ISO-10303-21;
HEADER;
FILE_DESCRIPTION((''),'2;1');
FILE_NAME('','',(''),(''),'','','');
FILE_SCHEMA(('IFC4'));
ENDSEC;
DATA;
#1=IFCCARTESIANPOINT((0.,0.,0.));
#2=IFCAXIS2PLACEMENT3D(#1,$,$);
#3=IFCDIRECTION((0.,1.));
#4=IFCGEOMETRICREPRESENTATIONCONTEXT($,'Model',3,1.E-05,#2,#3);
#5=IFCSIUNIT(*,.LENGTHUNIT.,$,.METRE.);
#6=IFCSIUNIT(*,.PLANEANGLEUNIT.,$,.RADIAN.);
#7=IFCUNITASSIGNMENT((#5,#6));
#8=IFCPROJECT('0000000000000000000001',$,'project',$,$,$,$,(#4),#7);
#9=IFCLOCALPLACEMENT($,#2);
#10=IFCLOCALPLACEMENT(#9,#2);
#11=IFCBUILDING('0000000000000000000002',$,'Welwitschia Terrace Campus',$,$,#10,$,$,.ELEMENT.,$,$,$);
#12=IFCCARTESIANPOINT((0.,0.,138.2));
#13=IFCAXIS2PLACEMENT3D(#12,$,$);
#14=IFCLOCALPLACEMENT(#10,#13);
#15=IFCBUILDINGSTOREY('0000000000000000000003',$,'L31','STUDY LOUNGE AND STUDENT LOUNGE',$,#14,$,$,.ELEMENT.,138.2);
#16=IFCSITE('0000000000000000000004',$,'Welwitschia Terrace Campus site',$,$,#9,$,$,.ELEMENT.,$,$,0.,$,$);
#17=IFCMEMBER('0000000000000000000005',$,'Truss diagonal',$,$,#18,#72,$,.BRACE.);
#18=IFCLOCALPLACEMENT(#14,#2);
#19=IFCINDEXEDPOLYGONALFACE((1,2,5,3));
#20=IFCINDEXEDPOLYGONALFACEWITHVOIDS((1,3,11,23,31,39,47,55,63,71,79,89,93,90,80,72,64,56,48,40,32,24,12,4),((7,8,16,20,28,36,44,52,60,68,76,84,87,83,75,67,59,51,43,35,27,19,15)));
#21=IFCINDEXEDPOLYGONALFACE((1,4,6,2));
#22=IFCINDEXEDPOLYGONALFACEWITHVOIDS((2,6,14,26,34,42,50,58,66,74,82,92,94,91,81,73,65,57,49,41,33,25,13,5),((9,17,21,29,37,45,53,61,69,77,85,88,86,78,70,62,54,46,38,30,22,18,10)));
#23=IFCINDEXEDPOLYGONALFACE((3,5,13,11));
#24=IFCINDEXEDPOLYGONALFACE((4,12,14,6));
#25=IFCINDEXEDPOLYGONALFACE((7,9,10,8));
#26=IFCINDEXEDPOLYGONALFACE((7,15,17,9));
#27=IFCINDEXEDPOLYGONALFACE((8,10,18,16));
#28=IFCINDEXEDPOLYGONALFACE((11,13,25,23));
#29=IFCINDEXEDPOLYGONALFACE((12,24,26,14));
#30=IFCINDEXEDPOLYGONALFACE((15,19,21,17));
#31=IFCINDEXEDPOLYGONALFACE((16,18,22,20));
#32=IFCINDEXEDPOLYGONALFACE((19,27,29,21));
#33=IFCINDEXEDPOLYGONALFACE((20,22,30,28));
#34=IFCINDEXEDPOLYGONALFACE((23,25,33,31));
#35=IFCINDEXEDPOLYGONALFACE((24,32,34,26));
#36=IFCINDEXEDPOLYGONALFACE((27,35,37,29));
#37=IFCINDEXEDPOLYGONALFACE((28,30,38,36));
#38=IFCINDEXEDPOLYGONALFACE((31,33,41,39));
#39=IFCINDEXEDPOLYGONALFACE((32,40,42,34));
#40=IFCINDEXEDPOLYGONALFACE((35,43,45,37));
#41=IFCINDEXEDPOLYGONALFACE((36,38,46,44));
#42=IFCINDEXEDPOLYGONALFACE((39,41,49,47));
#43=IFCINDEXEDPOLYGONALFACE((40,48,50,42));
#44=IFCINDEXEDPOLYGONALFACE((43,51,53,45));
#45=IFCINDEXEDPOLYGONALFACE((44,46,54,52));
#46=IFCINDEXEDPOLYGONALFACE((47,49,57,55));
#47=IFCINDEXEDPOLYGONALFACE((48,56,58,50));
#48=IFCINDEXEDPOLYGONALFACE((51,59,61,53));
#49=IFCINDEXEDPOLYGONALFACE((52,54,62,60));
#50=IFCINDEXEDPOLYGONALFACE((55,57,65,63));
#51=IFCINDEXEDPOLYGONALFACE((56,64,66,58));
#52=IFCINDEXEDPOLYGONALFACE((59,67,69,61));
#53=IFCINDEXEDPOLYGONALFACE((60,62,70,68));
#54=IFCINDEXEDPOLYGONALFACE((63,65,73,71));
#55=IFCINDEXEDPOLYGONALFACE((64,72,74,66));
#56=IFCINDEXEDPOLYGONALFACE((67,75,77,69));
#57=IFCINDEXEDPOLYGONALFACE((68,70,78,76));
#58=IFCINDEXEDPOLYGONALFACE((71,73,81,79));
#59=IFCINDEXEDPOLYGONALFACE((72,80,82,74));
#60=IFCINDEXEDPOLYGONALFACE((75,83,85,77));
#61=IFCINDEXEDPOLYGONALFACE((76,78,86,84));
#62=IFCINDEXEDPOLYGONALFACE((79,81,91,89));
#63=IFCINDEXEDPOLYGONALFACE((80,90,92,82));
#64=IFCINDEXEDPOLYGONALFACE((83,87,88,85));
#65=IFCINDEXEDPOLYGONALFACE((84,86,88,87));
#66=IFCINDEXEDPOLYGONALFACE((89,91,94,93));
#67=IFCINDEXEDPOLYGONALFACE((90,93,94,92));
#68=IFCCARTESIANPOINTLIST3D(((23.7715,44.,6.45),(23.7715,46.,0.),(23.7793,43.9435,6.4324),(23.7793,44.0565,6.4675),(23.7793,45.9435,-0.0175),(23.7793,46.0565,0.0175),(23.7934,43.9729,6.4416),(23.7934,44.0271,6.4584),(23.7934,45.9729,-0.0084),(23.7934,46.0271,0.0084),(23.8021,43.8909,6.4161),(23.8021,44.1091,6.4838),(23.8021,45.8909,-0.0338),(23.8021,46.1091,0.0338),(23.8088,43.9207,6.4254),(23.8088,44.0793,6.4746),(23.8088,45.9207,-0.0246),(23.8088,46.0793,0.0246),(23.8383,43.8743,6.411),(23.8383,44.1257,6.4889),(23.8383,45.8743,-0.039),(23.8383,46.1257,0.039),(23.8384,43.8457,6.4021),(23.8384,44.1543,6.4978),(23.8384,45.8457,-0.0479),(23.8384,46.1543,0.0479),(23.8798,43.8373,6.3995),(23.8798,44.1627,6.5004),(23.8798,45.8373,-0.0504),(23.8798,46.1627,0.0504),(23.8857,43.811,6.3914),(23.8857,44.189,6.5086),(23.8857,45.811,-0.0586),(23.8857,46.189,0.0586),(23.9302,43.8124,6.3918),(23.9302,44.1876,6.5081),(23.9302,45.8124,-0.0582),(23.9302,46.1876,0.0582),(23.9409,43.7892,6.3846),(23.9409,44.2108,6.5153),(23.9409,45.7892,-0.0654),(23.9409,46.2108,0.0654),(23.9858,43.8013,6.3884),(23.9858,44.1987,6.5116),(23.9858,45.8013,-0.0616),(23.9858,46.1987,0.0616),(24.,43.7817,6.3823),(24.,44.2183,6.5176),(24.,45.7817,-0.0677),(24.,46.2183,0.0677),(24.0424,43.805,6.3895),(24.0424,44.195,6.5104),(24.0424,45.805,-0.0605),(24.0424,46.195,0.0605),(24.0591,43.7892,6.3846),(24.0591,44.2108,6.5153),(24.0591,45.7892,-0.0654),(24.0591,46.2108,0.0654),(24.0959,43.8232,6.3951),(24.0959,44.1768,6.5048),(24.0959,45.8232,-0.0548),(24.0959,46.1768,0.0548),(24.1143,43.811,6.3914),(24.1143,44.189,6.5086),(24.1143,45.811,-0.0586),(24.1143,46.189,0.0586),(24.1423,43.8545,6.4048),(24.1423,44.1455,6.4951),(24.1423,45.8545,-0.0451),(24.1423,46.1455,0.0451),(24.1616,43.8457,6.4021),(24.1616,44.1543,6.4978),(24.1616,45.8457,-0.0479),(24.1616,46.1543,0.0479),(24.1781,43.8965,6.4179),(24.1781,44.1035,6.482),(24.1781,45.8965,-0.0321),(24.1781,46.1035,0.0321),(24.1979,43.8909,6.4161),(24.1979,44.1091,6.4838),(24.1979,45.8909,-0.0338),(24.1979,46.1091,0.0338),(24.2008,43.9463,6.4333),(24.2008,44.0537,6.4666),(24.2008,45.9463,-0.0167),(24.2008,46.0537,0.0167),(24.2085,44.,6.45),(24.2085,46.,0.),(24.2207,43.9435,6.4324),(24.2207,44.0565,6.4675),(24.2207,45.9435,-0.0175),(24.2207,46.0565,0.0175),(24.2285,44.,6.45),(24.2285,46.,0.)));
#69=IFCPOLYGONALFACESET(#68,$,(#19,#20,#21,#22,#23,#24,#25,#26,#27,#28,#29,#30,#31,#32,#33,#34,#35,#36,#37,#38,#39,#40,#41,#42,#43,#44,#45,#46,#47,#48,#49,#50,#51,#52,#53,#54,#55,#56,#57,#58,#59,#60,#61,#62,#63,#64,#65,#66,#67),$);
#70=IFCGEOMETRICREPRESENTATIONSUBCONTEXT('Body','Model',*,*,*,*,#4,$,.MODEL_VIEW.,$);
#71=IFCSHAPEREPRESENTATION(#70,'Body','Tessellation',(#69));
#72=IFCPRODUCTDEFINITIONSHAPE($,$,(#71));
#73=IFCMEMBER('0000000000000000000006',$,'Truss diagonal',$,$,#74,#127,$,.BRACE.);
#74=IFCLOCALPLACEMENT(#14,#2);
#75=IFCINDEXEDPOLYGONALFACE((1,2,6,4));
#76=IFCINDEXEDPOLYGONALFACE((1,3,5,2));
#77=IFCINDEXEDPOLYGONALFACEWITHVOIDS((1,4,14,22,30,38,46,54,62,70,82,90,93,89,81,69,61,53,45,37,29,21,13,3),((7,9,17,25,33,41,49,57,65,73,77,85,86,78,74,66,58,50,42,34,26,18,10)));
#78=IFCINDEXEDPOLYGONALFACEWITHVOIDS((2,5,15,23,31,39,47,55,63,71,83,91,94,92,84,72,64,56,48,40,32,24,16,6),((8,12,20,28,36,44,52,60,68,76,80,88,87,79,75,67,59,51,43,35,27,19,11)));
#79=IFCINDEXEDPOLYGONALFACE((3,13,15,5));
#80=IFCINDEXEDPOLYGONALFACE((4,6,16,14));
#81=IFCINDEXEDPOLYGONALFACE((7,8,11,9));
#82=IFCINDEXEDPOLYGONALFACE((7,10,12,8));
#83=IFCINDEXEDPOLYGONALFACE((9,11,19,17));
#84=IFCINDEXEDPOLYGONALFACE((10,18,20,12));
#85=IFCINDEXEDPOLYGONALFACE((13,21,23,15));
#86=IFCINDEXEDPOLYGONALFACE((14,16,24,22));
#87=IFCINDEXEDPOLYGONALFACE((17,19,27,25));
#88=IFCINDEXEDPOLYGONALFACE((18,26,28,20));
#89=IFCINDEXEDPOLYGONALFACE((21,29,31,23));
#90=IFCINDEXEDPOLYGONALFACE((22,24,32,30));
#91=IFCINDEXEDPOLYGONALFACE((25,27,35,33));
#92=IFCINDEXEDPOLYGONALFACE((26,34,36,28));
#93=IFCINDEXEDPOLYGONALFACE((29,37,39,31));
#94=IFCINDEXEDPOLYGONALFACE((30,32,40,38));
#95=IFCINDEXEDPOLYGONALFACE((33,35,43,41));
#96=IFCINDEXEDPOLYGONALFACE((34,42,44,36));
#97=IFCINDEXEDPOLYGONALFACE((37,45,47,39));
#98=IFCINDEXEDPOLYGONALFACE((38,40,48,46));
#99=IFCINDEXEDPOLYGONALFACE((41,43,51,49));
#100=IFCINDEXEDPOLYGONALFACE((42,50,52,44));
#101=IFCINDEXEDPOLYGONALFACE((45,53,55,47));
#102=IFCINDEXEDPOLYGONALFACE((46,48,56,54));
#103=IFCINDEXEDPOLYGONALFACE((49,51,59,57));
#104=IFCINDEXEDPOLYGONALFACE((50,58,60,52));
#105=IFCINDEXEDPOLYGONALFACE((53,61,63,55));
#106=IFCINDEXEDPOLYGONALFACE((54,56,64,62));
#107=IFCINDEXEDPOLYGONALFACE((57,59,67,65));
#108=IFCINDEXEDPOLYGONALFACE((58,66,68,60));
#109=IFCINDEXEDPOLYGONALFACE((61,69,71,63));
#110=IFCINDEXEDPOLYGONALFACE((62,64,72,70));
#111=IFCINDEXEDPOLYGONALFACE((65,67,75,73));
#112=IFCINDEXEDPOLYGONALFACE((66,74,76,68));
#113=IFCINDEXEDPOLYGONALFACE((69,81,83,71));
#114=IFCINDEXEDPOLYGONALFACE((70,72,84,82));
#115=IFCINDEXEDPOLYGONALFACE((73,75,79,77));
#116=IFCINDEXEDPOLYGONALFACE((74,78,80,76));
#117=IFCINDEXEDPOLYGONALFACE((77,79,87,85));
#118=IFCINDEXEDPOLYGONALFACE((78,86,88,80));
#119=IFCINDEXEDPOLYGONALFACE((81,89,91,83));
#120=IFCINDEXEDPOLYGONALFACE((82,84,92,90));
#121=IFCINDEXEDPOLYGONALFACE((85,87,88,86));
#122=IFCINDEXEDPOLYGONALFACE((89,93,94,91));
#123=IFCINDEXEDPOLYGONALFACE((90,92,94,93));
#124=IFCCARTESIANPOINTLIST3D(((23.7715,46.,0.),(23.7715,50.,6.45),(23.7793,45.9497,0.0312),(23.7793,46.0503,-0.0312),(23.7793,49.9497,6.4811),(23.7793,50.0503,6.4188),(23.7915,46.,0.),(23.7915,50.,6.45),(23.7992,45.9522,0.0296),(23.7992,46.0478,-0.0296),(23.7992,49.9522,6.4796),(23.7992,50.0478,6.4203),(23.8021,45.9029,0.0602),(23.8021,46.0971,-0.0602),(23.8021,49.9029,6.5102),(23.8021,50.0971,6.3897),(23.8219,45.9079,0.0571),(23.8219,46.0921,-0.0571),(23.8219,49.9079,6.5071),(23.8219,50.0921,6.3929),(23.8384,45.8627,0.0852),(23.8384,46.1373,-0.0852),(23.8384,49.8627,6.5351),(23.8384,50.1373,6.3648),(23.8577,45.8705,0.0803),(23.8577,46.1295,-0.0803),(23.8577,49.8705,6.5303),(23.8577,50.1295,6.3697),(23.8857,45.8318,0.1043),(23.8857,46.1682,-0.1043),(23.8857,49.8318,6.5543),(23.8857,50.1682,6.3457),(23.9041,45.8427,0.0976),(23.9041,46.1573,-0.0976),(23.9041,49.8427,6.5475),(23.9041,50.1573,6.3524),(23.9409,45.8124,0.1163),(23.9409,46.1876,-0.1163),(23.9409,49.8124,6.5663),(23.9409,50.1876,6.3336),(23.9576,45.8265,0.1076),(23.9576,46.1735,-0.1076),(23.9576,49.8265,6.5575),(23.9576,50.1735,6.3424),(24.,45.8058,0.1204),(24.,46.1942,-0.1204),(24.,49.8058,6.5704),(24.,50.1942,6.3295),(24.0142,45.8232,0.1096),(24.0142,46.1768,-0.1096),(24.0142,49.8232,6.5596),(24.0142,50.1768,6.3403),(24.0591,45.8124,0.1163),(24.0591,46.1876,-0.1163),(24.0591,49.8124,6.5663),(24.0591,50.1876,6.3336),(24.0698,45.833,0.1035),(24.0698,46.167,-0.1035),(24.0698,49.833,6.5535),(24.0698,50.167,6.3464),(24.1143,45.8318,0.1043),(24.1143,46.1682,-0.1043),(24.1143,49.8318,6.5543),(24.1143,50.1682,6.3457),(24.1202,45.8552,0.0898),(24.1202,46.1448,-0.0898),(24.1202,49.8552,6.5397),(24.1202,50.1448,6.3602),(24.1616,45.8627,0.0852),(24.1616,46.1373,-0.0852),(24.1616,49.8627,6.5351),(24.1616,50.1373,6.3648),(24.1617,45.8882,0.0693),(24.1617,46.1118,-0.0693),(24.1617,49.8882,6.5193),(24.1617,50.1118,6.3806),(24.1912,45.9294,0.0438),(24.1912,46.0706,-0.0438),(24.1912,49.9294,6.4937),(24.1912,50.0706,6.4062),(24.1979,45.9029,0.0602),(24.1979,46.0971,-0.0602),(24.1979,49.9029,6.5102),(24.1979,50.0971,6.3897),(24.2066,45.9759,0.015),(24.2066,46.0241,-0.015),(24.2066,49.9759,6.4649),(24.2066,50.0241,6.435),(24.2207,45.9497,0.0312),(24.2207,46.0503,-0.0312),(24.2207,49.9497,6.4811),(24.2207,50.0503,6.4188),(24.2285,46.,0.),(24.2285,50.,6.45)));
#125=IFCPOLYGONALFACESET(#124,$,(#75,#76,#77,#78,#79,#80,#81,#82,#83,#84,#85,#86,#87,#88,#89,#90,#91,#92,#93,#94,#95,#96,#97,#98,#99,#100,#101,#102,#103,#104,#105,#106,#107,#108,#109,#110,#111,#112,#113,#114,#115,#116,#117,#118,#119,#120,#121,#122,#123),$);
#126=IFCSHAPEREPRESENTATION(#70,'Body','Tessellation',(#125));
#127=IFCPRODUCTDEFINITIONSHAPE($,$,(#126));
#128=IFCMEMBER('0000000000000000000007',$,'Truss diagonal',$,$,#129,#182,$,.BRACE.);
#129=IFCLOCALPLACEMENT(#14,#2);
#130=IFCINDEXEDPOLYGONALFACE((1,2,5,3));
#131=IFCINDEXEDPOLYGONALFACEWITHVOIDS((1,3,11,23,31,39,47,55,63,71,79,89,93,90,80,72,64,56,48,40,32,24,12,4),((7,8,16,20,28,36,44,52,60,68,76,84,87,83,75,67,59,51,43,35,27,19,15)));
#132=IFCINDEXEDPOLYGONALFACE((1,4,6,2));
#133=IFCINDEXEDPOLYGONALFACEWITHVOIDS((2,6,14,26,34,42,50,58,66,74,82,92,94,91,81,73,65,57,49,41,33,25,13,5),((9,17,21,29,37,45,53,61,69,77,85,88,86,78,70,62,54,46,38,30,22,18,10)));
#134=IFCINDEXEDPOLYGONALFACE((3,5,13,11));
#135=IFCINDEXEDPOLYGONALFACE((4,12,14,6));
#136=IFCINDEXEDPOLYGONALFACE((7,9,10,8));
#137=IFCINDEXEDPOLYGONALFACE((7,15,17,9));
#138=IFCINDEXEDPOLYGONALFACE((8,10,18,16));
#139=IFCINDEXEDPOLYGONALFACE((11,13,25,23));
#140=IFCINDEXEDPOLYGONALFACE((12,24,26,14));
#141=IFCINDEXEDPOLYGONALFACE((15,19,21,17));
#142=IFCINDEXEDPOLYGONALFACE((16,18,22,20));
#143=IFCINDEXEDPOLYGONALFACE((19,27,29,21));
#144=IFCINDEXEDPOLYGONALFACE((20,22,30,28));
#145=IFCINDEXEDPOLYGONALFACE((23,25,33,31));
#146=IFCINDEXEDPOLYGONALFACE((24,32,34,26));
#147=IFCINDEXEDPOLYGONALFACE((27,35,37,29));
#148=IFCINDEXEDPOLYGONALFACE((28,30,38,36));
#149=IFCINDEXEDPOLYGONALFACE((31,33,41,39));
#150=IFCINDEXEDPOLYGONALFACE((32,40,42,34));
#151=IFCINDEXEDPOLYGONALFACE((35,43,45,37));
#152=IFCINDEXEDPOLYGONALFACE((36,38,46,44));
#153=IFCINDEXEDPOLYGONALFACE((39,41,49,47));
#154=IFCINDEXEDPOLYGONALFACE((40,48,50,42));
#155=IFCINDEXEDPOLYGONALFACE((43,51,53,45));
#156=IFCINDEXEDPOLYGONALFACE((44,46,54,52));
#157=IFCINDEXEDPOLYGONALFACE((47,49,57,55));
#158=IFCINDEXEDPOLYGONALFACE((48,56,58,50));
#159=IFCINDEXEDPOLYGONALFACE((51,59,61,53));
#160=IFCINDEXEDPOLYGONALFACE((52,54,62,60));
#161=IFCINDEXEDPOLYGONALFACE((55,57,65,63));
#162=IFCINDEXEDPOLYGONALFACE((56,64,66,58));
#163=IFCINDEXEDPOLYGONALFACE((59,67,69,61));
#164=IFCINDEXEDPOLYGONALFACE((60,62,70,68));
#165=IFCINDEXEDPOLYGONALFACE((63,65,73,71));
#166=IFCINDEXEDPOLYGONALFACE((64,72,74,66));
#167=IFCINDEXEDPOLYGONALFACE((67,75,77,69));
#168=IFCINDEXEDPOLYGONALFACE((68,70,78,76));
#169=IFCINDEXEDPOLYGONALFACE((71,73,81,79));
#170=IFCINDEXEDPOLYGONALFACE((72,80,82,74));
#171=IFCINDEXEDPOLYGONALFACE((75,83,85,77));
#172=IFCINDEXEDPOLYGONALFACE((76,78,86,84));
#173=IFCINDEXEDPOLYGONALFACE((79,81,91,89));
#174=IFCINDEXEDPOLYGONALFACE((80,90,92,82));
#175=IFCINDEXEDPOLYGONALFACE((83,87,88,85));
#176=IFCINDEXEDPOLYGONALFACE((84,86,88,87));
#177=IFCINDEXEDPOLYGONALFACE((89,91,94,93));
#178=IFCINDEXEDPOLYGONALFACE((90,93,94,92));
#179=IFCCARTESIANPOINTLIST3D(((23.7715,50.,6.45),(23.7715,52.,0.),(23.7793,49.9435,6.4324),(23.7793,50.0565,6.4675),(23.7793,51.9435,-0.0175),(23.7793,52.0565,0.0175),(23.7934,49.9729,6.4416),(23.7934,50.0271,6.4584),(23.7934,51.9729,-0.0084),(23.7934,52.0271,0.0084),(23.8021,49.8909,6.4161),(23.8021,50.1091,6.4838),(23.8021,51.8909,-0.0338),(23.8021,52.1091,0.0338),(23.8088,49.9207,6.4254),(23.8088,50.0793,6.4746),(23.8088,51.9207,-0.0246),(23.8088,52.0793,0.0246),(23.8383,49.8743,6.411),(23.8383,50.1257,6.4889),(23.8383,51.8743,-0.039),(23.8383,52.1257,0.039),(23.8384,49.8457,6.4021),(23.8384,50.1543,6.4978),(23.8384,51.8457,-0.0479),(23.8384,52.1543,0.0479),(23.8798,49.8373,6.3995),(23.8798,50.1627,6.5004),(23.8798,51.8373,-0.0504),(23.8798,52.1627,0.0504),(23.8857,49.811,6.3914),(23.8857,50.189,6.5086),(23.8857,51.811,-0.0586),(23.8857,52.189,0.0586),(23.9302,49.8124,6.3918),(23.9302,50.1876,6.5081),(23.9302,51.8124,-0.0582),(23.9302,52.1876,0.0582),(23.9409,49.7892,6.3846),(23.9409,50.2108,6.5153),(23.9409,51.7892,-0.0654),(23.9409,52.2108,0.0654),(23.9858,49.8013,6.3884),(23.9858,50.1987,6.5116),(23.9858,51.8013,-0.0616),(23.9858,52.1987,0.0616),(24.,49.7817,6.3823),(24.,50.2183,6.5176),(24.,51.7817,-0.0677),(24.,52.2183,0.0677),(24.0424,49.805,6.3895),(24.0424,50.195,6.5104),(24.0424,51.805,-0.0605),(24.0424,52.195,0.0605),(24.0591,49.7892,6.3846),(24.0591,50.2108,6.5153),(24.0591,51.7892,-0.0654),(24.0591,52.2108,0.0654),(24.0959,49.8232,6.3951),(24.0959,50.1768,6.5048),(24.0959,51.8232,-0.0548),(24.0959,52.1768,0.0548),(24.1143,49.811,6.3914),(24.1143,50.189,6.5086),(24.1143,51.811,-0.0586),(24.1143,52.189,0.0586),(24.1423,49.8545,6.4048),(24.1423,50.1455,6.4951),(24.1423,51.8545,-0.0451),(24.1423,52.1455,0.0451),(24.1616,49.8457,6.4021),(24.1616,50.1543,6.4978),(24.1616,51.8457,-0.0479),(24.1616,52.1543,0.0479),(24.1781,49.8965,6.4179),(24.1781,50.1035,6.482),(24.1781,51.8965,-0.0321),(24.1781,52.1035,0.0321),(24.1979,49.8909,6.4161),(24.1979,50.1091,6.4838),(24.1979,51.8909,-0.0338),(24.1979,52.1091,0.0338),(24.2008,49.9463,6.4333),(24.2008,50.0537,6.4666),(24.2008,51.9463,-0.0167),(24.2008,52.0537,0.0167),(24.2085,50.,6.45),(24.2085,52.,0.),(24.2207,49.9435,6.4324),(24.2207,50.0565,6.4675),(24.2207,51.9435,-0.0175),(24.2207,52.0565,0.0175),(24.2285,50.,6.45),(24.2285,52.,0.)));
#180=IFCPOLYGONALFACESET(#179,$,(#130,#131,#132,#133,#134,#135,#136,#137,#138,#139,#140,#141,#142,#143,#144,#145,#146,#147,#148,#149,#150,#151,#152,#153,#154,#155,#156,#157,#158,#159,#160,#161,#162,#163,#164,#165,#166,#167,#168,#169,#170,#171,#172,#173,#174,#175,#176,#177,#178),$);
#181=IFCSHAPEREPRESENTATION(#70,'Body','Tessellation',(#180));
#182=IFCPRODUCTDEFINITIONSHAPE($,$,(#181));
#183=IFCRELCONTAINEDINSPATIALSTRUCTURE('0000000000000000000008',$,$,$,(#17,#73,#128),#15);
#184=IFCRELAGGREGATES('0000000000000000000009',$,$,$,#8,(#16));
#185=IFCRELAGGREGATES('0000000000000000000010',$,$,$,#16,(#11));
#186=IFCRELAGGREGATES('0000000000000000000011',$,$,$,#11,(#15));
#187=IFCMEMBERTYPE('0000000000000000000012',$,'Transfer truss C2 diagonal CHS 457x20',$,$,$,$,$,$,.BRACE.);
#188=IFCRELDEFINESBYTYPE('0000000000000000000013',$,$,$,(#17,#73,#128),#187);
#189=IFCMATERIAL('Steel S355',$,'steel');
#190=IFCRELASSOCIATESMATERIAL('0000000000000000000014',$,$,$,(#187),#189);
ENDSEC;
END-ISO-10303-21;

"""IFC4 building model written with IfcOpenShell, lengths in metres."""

from ifc_helpers import new_model, si_unit, direction, frame, origin, origin_2d, place, context, subcontext, project, spatial, hollow_circle, extrude, material, material_profile, profile_set, type_object, element, save


model = new_model("IFC4")

# Units and contexts
model_context = context("Model", 3, precision=1e-05, world=origin(), true_north=direction((0.0, 1.0)))
body_context = subcontext(model_context, "Body", "Model", "MODEL_VIEW")
ifc_project = project(units=[si_unit("LENGTHUNIT", "METRE"), si_unit("PLANEANGLEUNIT", "RADIAN")], contexts=[model_context])

# Site, building, storey
site_placement = place(None, origin())
site = spatial("IfcSite", under=ifc_project, at=site_placement, Name="Welwitschia Terrace Campus site", CompositionType="ELEMENT", RefElevation=0.0)
building_placement = place(site_placement, origin())
building = spatial("IfcBuilding", under=site, at=building_placement, Name="Welwitschia Terrace Campus", CompositionType="ELEMENT")
storey_placement = place(building_placement, frame((0.0, 0.0, 138.2)))
storey = spatial("IfcBuildingStorey", under=building, at=storey_placement, Name="L31", Description="STUDY LOUNGE AND STUDENT LOUNGE", CompositionType="ELEMENT", Elevation=138.2)

# Members
ifc_material_1 = material(Name="Steel S355", Category="steel")
ifc_material_profile_1 = material_profile(ifc_material_1, hollow_circle(Radius=0.2285, WallThickness=0.02, at=origin_2d()))
ifc_profile_set_1 = profile_set([ifc_material_profile_1], Name="Steel S355")
member_type_1 = type_object("IfcMemberType", Name="Transfer truss C2 diagonal CHS 457x20", PredefinedType="BRACE", material=ifc_profile_set_1)
member_1_placement = place(storey_placement, frame((24.0, 46.0, 0.0), z_axis=(0.0, -0.296168, 0.955136), x_axis=(1.0, 0.0, 0.0)))
element("IfcMember", 1, at=member_1_placement, inside=storey, type_object=member_type_1, Name="Truss diagonal", PredefinedType="BRACE", context=body_context, shape_type="SweptSolid", body=[
    extrude(hollow_circle(Radius=0.2285, WallThickness=0.02, at=origin_2d()), origin(), (0.0, 0.0, 1.0), 6.7529),
])
member_2_placement = place(storey_placement, frame((24.0, 46.0, 0.0), z_axis=(0.0, 0.527038, 0.849842), x_axis=(-1.0, 0.0, 0.0)))
element("IfcMember", 2, at=member_2_placement, inside=storey, type_object=member_type_1, Name="Truss diagonal", PredefinedType="BRACE", context=body_context, shape_type="SweptSolid", body=[
    extrude(hollow_circle(Radius=0.2285, WallThickness=0.02, at=origin_2d()), origin(), (0.0, 0.0, 1.0), 7.5896),
])
member_3_placement = place(storey_placement, frame((24.0, 52.0, 0.0), z_axis=(0.0, -0.296168, 0.955136), x_axis=(1.0, 0.0, 0.0)))
element("IfcMember", 3, at=member_3_placement, inside=storey, type_object=member_type_1, Name="Truss diagonal", PredefinedType="BRACE", context=body_context, shape_type="SweptSolid", body=[
    extrude(hollow_circle(Radius=0.2285, WallThickness=0.02, at=origin_2d()), origin(), (0.0, 0.0, 1.0), 6.7529),
])

save(model, "model.ifc")
